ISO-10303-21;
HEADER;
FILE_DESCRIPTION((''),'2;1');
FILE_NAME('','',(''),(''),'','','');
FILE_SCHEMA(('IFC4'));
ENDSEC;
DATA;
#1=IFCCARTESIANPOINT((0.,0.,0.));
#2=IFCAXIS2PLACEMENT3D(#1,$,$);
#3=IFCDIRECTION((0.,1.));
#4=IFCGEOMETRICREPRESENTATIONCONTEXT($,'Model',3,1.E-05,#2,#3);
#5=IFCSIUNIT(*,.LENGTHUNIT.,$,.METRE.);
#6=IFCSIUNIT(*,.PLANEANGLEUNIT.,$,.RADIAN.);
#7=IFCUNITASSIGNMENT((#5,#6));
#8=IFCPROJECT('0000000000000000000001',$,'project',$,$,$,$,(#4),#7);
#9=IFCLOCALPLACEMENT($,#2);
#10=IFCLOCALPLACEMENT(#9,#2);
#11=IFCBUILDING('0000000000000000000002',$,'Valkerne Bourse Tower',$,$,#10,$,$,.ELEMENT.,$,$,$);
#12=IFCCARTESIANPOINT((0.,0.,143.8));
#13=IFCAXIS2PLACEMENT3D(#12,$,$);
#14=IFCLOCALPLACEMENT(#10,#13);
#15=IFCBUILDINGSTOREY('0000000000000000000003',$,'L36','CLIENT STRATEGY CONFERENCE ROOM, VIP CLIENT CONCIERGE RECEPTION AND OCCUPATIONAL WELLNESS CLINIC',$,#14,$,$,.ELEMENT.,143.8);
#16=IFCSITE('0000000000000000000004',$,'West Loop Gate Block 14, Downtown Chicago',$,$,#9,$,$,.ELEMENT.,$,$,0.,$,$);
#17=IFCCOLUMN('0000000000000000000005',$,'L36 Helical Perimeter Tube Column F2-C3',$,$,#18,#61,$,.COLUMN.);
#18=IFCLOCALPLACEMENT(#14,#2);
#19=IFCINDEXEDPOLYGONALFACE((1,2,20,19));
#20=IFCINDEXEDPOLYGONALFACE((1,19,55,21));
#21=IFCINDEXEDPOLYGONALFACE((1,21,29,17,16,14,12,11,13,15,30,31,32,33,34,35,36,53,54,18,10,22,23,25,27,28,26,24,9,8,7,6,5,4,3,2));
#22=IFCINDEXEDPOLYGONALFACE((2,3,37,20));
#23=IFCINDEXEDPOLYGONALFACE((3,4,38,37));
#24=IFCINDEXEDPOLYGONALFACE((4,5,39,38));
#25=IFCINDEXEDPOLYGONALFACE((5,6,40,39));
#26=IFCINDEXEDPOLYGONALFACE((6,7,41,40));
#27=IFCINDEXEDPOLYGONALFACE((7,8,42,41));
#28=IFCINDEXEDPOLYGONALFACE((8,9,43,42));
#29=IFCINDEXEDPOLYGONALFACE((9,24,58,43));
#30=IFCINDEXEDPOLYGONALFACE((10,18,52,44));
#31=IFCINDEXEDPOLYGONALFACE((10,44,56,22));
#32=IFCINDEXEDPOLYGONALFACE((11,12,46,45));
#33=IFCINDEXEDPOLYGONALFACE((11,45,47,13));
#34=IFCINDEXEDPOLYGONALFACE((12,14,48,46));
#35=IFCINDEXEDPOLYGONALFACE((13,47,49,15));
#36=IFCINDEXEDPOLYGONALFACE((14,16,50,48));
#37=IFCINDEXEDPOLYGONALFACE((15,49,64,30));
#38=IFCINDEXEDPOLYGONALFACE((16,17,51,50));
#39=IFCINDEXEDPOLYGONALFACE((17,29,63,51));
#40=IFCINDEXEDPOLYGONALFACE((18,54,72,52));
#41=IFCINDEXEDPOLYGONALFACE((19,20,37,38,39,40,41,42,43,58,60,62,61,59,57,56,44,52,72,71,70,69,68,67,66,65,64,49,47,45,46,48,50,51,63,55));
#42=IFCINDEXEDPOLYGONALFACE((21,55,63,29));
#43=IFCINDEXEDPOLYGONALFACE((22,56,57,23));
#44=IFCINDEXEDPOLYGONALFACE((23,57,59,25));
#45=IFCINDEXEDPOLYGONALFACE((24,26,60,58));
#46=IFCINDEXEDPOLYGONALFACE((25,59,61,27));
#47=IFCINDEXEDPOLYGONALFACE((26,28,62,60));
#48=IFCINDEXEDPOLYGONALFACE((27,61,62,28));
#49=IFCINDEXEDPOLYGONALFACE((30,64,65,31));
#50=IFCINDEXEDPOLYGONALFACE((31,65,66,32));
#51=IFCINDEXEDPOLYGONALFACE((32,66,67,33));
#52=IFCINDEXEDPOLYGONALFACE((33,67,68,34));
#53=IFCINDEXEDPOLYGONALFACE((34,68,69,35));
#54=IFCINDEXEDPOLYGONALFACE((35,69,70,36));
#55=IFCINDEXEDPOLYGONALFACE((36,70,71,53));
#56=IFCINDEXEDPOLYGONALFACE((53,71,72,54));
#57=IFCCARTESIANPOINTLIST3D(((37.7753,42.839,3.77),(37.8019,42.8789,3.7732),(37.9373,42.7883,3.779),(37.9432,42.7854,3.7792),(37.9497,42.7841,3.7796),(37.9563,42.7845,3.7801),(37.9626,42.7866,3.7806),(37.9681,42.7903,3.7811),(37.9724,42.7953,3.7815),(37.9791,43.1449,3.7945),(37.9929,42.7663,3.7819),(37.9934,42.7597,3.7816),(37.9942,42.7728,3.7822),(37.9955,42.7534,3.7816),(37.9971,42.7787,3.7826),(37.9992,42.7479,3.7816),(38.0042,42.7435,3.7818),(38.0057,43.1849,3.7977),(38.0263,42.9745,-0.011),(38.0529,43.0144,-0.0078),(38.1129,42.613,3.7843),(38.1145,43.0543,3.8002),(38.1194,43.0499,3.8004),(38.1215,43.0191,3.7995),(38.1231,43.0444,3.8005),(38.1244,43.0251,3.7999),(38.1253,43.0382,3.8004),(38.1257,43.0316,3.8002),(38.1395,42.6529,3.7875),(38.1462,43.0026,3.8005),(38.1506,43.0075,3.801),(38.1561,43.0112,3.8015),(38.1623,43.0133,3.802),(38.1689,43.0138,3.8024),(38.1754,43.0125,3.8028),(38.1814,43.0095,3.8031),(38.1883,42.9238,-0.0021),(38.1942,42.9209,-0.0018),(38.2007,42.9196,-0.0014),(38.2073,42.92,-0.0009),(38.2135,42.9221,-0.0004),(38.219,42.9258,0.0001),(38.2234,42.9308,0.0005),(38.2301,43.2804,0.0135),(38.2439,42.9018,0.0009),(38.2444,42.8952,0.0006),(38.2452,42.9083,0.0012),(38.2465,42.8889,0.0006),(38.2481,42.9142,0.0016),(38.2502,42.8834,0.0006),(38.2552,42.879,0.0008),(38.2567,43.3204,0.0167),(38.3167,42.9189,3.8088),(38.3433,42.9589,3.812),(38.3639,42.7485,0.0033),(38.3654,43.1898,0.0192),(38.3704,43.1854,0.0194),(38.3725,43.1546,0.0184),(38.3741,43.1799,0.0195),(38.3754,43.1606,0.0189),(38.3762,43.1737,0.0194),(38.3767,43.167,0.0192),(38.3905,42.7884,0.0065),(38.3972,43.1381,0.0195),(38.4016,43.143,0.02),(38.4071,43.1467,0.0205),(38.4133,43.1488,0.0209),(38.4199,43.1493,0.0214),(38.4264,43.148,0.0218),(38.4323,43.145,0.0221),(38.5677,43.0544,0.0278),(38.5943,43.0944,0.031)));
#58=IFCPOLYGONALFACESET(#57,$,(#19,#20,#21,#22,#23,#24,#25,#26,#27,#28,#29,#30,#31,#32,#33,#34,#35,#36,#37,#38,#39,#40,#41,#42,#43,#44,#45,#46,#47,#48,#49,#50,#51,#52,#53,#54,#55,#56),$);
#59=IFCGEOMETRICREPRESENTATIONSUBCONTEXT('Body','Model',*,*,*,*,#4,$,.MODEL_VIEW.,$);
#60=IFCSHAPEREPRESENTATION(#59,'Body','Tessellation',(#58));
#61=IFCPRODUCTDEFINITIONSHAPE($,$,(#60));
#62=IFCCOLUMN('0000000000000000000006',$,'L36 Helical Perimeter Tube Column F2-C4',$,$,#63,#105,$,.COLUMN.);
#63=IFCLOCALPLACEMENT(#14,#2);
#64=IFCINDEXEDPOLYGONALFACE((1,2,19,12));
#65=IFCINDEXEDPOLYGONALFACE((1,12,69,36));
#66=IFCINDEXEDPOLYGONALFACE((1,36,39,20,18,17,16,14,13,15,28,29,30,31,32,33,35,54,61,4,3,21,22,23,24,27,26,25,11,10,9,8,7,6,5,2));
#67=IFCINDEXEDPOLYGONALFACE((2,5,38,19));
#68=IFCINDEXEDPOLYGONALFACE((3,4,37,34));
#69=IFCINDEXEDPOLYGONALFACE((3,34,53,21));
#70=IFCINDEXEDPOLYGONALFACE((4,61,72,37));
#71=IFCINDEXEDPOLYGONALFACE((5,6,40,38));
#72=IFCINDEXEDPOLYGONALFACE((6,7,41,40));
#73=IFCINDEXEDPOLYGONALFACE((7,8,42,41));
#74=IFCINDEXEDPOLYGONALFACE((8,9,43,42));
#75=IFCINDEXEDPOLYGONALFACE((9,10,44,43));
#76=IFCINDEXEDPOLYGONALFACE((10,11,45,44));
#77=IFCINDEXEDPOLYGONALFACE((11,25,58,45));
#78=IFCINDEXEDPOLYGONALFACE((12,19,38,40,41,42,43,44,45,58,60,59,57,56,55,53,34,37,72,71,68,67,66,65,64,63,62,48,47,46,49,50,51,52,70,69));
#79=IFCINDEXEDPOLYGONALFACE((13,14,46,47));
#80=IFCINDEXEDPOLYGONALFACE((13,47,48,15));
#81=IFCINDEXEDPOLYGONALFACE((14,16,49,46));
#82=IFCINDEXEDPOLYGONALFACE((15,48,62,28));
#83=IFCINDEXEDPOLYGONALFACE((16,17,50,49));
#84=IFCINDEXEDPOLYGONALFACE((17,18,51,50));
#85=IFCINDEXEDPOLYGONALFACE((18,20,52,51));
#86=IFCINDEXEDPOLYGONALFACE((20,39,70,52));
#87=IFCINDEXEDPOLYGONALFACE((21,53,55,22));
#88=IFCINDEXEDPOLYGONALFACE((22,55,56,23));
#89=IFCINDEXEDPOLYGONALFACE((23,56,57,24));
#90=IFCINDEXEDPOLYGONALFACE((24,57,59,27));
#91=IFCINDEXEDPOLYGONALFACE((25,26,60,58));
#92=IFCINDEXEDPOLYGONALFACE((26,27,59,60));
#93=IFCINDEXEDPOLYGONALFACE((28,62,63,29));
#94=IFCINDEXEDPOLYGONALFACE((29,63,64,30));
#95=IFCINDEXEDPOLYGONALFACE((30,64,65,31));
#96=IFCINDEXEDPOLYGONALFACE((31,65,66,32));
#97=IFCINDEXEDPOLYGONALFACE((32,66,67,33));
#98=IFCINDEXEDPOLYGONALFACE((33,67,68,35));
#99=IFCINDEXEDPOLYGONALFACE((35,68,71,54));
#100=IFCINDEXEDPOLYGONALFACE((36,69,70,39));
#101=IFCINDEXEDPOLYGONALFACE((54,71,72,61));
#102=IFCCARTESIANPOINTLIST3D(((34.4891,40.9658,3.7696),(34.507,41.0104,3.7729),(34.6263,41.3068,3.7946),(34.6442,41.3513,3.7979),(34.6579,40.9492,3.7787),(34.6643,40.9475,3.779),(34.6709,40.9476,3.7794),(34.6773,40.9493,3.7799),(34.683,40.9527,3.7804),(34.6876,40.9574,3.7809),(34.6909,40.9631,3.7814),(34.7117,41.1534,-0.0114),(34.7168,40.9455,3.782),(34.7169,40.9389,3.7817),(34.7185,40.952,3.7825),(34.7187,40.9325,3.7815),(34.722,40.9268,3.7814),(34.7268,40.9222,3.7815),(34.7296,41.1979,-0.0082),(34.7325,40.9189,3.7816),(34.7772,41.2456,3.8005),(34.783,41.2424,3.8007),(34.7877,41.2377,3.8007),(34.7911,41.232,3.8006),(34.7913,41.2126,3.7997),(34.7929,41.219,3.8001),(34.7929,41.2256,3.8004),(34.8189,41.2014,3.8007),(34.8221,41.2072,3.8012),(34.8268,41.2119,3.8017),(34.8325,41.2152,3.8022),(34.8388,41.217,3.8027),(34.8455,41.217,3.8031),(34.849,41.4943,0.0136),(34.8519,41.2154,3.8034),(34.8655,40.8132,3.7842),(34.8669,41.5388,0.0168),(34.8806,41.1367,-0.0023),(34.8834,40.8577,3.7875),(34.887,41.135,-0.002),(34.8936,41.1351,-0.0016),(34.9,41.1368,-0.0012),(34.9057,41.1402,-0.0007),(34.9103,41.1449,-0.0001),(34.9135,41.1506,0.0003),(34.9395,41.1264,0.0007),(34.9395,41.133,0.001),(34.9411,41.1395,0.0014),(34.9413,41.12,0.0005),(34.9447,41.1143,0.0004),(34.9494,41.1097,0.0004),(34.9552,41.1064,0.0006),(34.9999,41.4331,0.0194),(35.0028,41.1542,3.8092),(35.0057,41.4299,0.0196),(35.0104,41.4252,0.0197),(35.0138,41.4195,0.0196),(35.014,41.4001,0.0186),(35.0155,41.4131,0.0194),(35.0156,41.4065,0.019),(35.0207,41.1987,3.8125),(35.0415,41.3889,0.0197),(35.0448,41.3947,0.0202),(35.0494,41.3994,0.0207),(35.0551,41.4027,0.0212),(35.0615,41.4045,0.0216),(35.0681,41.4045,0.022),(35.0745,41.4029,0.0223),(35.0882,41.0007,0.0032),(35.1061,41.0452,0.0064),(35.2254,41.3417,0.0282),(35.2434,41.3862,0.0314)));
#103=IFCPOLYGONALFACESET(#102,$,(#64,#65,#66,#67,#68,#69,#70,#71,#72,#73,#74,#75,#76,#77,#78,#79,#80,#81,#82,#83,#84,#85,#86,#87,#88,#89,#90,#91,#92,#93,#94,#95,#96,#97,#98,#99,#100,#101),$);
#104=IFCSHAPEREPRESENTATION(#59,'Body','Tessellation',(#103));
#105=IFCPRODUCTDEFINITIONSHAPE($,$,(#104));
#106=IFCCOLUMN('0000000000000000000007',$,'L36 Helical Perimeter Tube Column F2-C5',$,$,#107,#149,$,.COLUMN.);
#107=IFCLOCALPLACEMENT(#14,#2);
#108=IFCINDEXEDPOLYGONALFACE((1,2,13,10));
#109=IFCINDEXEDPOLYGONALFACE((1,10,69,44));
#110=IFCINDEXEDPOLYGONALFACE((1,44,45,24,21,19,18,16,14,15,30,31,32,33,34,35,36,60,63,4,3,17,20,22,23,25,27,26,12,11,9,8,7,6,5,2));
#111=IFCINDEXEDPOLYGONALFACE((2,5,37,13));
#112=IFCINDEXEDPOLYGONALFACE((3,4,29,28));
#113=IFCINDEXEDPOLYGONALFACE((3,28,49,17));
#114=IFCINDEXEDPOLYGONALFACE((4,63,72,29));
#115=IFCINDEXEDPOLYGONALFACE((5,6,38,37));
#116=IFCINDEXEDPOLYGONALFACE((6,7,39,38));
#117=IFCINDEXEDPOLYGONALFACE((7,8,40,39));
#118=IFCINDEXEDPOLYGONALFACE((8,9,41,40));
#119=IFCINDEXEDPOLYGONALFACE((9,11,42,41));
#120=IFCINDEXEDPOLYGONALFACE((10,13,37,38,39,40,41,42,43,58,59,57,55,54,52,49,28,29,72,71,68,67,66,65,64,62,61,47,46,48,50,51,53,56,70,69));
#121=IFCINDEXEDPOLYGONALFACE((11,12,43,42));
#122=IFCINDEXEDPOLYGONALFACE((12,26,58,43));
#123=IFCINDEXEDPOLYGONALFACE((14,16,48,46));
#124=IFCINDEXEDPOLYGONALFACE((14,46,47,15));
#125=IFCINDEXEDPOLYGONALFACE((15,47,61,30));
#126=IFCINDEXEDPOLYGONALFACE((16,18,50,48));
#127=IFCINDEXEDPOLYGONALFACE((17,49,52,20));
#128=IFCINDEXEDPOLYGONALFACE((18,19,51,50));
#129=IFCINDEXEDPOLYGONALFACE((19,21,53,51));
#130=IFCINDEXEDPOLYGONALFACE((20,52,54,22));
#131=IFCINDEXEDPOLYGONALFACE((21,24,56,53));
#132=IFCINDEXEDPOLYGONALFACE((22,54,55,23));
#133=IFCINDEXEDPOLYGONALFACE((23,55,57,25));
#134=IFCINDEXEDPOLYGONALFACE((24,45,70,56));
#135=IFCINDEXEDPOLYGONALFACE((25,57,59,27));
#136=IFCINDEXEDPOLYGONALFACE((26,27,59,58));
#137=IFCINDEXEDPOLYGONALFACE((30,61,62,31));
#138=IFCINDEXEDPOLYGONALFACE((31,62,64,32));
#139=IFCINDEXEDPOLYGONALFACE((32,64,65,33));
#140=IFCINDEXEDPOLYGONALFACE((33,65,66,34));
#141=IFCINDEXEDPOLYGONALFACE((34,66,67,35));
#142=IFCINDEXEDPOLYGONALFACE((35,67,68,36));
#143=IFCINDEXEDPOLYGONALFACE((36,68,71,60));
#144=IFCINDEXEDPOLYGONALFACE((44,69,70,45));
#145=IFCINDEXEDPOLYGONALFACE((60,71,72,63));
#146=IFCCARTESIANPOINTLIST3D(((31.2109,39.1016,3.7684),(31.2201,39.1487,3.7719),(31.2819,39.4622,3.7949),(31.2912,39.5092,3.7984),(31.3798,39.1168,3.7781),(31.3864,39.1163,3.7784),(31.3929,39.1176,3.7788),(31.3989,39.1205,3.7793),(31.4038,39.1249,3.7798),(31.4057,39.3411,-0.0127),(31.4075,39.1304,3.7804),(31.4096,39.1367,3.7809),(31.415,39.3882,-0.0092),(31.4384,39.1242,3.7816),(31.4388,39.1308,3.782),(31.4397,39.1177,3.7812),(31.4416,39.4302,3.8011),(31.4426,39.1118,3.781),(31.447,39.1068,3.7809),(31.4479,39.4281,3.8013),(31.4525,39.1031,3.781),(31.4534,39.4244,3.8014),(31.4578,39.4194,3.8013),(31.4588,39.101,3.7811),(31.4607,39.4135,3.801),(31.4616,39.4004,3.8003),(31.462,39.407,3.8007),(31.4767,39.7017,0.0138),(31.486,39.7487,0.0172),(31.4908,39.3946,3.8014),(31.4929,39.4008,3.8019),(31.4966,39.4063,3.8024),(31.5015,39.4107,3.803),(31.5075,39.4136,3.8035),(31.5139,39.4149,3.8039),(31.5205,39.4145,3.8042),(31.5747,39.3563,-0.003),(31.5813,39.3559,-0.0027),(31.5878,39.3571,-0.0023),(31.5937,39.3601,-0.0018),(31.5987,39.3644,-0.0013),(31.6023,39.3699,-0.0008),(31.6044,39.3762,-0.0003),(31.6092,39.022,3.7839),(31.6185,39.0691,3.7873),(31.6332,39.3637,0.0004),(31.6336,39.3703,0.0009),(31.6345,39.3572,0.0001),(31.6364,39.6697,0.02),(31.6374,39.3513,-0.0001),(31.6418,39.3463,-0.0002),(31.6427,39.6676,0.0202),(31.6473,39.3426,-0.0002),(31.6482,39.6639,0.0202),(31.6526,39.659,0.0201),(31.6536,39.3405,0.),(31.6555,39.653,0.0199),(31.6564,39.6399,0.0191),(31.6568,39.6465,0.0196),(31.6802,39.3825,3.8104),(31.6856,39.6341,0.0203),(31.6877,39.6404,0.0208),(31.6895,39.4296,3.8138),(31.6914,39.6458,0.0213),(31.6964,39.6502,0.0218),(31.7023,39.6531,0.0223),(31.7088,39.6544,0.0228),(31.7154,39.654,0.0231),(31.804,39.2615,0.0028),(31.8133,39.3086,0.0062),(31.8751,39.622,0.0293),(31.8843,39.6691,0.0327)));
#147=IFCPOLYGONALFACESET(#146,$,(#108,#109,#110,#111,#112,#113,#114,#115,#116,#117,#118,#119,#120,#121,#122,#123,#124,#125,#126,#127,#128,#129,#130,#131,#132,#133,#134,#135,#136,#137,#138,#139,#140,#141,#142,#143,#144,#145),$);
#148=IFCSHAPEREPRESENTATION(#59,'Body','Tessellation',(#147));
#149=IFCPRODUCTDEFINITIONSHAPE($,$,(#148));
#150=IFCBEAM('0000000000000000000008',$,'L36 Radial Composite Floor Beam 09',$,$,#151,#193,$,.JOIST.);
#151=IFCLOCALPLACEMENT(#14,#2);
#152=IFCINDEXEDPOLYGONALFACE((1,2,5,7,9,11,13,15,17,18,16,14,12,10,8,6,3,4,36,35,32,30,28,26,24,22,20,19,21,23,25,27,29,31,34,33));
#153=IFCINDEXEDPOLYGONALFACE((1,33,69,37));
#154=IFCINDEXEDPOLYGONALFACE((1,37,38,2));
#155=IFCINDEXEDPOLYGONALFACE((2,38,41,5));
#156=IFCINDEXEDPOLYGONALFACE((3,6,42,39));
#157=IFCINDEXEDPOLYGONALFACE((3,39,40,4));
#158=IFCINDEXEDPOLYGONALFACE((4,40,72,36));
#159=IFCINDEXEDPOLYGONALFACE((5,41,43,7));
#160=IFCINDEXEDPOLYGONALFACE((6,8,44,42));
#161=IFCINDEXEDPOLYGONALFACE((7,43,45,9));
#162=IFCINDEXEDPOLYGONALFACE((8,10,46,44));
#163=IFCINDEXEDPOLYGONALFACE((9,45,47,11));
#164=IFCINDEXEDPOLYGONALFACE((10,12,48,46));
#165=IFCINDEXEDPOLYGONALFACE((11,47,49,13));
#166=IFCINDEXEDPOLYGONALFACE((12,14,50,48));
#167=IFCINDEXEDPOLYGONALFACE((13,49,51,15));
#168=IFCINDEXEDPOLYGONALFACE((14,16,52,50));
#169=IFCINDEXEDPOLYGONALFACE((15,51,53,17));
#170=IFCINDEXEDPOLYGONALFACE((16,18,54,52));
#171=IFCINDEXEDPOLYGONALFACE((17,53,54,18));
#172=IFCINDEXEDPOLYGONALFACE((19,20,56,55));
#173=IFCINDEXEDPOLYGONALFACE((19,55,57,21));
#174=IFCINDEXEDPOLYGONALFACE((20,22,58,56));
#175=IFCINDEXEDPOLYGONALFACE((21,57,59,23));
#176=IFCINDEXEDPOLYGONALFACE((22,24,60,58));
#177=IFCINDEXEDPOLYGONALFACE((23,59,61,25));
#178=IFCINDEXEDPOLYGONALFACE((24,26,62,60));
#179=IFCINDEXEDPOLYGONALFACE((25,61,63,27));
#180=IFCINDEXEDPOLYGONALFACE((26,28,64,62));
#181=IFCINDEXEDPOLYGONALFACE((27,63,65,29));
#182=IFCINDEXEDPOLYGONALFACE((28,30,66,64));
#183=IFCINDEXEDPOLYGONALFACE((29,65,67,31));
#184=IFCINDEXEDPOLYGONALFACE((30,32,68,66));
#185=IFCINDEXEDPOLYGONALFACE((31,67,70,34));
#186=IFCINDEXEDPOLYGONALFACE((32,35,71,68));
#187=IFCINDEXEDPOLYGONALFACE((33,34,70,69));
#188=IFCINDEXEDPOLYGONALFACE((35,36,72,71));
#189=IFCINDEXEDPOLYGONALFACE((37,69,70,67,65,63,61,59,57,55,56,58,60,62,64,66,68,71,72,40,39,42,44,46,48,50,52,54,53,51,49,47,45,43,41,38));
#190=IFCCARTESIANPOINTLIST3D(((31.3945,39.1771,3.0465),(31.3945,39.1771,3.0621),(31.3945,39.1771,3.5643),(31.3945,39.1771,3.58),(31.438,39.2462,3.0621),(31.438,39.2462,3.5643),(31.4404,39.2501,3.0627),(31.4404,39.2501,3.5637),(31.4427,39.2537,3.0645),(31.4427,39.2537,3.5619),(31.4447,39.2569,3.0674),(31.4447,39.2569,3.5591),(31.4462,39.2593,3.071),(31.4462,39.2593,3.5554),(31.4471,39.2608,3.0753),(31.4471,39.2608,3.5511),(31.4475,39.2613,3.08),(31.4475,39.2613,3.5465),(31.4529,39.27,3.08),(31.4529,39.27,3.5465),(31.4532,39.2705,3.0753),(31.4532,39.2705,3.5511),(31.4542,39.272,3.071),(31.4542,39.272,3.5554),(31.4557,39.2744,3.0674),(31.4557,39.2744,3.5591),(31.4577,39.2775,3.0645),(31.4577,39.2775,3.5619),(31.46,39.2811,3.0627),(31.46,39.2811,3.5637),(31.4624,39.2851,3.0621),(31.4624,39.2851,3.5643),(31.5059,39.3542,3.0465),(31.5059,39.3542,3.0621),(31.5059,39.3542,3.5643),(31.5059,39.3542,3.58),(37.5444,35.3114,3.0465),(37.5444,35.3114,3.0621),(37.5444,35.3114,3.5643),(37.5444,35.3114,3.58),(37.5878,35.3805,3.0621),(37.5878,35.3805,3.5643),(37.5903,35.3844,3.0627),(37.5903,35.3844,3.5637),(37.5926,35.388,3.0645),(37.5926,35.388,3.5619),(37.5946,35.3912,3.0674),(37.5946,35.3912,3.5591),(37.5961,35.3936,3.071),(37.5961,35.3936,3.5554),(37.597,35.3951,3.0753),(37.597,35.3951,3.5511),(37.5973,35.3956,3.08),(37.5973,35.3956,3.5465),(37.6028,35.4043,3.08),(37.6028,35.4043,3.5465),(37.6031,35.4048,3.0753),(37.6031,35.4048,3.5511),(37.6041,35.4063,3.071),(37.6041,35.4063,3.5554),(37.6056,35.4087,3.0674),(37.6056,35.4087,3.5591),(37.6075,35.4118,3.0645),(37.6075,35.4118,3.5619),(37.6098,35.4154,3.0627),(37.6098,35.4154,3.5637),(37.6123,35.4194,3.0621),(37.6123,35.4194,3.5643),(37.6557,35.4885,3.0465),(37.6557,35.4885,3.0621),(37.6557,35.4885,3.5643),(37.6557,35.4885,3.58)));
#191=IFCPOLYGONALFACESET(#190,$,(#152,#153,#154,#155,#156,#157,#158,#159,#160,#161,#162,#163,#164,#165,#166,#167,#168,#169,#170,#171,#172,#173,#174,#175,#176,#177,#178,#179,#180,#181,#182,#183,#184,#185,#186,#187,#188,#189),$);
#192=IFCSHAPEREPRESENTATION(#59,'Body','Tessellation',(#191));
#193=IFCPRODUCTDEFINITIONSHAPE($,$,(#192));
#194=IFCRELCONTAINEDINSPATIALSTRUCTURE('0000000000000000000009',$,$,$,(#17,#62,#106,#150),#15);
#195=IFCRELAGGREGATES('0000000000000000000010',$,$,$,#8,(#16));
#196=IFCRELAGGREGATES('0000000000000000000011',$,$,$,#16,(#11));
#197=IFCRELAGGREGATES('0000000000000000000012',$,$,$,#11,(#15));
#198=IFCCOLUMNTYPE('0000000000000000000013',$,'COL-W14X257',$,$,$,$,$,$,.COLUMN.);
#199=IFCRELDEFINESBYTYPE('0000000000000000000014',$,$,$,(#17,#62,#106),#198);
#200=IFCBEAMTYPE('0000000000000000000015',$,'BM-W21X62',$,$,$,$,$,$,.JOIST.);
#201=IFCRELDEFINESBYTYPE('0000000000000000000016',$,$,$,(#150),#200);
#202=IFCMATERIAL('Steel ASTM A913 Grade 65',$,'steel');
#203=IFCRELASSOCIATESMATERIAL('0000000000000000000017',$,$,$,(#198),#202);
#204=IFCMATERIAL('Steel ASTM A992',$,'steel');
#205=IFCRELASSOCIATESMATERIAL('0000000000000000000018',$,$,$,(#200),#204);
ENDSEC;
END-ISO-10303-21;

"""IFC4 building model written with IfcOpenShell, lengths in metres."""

from ifc_helpers import new_model, si_unit, direction, frame, origin, origin_2d, place, context, subcontext, project, spatial, i_section, extrude, material, material_profile, profile_set, type_object, element, save


model = new_model("IFC4")

# Units and contexts
model_context = context("Model", 3, precision=1e-05, world=origin(), true_north=direction((0.0, 1.0)))
body_context = subcontext(model_context, "Body", "Model", "MODEL_VIEW")
ifc_project = project(units=[si_unit("LENGTHUNIT", "METRE"), si_unit("PLANEANGLEUNIT", "RADIAN")], contexts=[model_context])

# Site, building, storey
site_placement = place(None, origin())
site = spatial("IfcSite", under=ifc_project, at=site_placement, Name="West Loop Gate Block 14, Downtown Chicago", CompositionType="ELEMENT", RefElevation=0.0)
building_placement = place(site_placement, origin())
building = spatial("IfcBuilding", under=site, at=building_placement, Name="Valkerne Bourse Tower", CompositionType="ELEMENT")
storey_placement = place(building_placement, frame((0.0, 0.0, 143.8)))
storey = spatial("IfcBuildingStorey", under=building, at=storey_placement, Name="L36", Description="CLIENT STRATEGY CONFERENCE ROOM, VIP CLIENT CONCIERGE RECEPTION AND OCCUPATIONAL WELLNESS CLINIC", CompositionType="ELEMENT", Elevation=143.8)

# Columns
ifc_material_1 = material(Name="Steel ASTM A913 Grade 65", Category="steel")
ifc_material_profile_1 = material_profile(ifc_material_1, i_section(OverallWidth=0.4065, OverallDepth=0.4165, WebThickness=0.0298, FlangeThickness=0.0481, FilletRadius=0.0254, at=origin_2d()), Name="W14X257")
ifc_profile_set_1 = profile_set([ifc_material_profile_1], Name="Steel ASTM A913 Grade 65")
column_type = type_object("IfcColumnType", Name="COL-W14X257", PredefinedType="COLUMN", material=ifc_profile_set_1)
column_1_placement = place(storey_placement, frame((38.3103, 43.0344, 0.01), z_axis=(-0.06619, -0.035735, 0.997167), x_axis=(-0.830438, 0.555999, -0.035198)))
element("IfcColumn", 1, at=column_1_placement, inside=storey, type_object=column_type, Name="L36 Helical Perimeter Tube Column F2-C3", PredefinedType="COLUMN", context=body_context, shape_type="SweptSolid", body=[
    extrude(i_section(OverallWidth=0.4065, OverallDepth=0.4165, WebThickness=0.0298, FlangeThickness=0.0481, FilletRadius=0.0254, at=origin_2d()), origin(), (0.0, 0.0, 1.0), 3.7917),
])
column_2_placement = place(storey_placement, frame((34.9775, 41.2698, 0.01), z_axis=(-0.058714, -0.049444, 0.99705), x_axis=(-0.926134, 0.375481, -0.035918)))
element("IfcColumn", 2, at=column_2_placement, inside=storey, type_object=column_type, Name="L36 Helical Perimeter Tube Column F2-C4", PredefinedType="COLUMN", context=body_context, shape_type="SweptSolid", body=[
    extrude(i_section(OverallWidth=0.4065, OverallDepth=0.4165, WebThickness=0.0298, FlangeThickness=0.0481, FilletRadius=0.0254, at=origin_2d()), origin(), (0.0, 0.0, 1.0), 3.7922),
])
column_3_placement = place(storey_placement, frame((31.645, 39.5051, 0.01), z_axis=(-0.051356, -0.063133, 0.996683), x_axis=(-0.979885, 0.195898, -0.038082)))
element("IfcColumn", 3, at=column_3_placement, inside=storey, type_object=column_type, Name="L36 Helical Perimeter Tube Column F2-C5", PredefinedType="COLUMN", context=body_context, shape_type="SweptSolid", body=[
    extrude(i_section(OverallWidth=0.4065, OverallDepth=0.4165, WebThickness=0.0298, FlangeThickness=0.0481, FilletRadius=0.0254, at=origin_2d()), origin(), (0.0, 0.0, 1.0), 3.7937),
])

# Beam
ifc_material_2 = material(Name="Steel ASTM A992", Category="steel")
ifc_material_profile_2 = material_profile(ifc_material_2, i_section(OverallWidth=0.2092, OverallDepth=0.5334, WebThickness=0.0103, FlangeThickness=0.0156, FilletRadius=0.0178, at=origin_2d()), Name="W21X62")
ifc_profile_set_2 = profile_set([ifc_material_profile_2], Name="Steel ASTM A992")
beam_type_1 = type_object("IfcBeamType", Name="BM-W21X62", PredefinedType="JOIST", material=ifc_profile_set_2)
beam_1_placement = place(storey_placement, frame((31.4502, 39.2656, 3.3132), z_axis=(0.846632, -0.532178, 0.0), x_axis=(0.532178, 0.846632, 0.0)))
element("IfcBeam", 4, at=beam_1_placement, inside=storey, type_object=beam_type_1, Name="L36 Radial Composite Floor Beam 09", PredefinedType="JOIST", context=body_context, shape_type="SweptSolid", body=[
    extrude(i_section(OverallWidth=0.2092, OverallDepth=0.5334, WebThickness=0.0103, FlangeThickness=0.0156, FilletRadius=0.0178, at=origin_2d()), origin(), (0.0, 0.0, 1.0), 7.2639),
])

save(model, "model.ifc")
